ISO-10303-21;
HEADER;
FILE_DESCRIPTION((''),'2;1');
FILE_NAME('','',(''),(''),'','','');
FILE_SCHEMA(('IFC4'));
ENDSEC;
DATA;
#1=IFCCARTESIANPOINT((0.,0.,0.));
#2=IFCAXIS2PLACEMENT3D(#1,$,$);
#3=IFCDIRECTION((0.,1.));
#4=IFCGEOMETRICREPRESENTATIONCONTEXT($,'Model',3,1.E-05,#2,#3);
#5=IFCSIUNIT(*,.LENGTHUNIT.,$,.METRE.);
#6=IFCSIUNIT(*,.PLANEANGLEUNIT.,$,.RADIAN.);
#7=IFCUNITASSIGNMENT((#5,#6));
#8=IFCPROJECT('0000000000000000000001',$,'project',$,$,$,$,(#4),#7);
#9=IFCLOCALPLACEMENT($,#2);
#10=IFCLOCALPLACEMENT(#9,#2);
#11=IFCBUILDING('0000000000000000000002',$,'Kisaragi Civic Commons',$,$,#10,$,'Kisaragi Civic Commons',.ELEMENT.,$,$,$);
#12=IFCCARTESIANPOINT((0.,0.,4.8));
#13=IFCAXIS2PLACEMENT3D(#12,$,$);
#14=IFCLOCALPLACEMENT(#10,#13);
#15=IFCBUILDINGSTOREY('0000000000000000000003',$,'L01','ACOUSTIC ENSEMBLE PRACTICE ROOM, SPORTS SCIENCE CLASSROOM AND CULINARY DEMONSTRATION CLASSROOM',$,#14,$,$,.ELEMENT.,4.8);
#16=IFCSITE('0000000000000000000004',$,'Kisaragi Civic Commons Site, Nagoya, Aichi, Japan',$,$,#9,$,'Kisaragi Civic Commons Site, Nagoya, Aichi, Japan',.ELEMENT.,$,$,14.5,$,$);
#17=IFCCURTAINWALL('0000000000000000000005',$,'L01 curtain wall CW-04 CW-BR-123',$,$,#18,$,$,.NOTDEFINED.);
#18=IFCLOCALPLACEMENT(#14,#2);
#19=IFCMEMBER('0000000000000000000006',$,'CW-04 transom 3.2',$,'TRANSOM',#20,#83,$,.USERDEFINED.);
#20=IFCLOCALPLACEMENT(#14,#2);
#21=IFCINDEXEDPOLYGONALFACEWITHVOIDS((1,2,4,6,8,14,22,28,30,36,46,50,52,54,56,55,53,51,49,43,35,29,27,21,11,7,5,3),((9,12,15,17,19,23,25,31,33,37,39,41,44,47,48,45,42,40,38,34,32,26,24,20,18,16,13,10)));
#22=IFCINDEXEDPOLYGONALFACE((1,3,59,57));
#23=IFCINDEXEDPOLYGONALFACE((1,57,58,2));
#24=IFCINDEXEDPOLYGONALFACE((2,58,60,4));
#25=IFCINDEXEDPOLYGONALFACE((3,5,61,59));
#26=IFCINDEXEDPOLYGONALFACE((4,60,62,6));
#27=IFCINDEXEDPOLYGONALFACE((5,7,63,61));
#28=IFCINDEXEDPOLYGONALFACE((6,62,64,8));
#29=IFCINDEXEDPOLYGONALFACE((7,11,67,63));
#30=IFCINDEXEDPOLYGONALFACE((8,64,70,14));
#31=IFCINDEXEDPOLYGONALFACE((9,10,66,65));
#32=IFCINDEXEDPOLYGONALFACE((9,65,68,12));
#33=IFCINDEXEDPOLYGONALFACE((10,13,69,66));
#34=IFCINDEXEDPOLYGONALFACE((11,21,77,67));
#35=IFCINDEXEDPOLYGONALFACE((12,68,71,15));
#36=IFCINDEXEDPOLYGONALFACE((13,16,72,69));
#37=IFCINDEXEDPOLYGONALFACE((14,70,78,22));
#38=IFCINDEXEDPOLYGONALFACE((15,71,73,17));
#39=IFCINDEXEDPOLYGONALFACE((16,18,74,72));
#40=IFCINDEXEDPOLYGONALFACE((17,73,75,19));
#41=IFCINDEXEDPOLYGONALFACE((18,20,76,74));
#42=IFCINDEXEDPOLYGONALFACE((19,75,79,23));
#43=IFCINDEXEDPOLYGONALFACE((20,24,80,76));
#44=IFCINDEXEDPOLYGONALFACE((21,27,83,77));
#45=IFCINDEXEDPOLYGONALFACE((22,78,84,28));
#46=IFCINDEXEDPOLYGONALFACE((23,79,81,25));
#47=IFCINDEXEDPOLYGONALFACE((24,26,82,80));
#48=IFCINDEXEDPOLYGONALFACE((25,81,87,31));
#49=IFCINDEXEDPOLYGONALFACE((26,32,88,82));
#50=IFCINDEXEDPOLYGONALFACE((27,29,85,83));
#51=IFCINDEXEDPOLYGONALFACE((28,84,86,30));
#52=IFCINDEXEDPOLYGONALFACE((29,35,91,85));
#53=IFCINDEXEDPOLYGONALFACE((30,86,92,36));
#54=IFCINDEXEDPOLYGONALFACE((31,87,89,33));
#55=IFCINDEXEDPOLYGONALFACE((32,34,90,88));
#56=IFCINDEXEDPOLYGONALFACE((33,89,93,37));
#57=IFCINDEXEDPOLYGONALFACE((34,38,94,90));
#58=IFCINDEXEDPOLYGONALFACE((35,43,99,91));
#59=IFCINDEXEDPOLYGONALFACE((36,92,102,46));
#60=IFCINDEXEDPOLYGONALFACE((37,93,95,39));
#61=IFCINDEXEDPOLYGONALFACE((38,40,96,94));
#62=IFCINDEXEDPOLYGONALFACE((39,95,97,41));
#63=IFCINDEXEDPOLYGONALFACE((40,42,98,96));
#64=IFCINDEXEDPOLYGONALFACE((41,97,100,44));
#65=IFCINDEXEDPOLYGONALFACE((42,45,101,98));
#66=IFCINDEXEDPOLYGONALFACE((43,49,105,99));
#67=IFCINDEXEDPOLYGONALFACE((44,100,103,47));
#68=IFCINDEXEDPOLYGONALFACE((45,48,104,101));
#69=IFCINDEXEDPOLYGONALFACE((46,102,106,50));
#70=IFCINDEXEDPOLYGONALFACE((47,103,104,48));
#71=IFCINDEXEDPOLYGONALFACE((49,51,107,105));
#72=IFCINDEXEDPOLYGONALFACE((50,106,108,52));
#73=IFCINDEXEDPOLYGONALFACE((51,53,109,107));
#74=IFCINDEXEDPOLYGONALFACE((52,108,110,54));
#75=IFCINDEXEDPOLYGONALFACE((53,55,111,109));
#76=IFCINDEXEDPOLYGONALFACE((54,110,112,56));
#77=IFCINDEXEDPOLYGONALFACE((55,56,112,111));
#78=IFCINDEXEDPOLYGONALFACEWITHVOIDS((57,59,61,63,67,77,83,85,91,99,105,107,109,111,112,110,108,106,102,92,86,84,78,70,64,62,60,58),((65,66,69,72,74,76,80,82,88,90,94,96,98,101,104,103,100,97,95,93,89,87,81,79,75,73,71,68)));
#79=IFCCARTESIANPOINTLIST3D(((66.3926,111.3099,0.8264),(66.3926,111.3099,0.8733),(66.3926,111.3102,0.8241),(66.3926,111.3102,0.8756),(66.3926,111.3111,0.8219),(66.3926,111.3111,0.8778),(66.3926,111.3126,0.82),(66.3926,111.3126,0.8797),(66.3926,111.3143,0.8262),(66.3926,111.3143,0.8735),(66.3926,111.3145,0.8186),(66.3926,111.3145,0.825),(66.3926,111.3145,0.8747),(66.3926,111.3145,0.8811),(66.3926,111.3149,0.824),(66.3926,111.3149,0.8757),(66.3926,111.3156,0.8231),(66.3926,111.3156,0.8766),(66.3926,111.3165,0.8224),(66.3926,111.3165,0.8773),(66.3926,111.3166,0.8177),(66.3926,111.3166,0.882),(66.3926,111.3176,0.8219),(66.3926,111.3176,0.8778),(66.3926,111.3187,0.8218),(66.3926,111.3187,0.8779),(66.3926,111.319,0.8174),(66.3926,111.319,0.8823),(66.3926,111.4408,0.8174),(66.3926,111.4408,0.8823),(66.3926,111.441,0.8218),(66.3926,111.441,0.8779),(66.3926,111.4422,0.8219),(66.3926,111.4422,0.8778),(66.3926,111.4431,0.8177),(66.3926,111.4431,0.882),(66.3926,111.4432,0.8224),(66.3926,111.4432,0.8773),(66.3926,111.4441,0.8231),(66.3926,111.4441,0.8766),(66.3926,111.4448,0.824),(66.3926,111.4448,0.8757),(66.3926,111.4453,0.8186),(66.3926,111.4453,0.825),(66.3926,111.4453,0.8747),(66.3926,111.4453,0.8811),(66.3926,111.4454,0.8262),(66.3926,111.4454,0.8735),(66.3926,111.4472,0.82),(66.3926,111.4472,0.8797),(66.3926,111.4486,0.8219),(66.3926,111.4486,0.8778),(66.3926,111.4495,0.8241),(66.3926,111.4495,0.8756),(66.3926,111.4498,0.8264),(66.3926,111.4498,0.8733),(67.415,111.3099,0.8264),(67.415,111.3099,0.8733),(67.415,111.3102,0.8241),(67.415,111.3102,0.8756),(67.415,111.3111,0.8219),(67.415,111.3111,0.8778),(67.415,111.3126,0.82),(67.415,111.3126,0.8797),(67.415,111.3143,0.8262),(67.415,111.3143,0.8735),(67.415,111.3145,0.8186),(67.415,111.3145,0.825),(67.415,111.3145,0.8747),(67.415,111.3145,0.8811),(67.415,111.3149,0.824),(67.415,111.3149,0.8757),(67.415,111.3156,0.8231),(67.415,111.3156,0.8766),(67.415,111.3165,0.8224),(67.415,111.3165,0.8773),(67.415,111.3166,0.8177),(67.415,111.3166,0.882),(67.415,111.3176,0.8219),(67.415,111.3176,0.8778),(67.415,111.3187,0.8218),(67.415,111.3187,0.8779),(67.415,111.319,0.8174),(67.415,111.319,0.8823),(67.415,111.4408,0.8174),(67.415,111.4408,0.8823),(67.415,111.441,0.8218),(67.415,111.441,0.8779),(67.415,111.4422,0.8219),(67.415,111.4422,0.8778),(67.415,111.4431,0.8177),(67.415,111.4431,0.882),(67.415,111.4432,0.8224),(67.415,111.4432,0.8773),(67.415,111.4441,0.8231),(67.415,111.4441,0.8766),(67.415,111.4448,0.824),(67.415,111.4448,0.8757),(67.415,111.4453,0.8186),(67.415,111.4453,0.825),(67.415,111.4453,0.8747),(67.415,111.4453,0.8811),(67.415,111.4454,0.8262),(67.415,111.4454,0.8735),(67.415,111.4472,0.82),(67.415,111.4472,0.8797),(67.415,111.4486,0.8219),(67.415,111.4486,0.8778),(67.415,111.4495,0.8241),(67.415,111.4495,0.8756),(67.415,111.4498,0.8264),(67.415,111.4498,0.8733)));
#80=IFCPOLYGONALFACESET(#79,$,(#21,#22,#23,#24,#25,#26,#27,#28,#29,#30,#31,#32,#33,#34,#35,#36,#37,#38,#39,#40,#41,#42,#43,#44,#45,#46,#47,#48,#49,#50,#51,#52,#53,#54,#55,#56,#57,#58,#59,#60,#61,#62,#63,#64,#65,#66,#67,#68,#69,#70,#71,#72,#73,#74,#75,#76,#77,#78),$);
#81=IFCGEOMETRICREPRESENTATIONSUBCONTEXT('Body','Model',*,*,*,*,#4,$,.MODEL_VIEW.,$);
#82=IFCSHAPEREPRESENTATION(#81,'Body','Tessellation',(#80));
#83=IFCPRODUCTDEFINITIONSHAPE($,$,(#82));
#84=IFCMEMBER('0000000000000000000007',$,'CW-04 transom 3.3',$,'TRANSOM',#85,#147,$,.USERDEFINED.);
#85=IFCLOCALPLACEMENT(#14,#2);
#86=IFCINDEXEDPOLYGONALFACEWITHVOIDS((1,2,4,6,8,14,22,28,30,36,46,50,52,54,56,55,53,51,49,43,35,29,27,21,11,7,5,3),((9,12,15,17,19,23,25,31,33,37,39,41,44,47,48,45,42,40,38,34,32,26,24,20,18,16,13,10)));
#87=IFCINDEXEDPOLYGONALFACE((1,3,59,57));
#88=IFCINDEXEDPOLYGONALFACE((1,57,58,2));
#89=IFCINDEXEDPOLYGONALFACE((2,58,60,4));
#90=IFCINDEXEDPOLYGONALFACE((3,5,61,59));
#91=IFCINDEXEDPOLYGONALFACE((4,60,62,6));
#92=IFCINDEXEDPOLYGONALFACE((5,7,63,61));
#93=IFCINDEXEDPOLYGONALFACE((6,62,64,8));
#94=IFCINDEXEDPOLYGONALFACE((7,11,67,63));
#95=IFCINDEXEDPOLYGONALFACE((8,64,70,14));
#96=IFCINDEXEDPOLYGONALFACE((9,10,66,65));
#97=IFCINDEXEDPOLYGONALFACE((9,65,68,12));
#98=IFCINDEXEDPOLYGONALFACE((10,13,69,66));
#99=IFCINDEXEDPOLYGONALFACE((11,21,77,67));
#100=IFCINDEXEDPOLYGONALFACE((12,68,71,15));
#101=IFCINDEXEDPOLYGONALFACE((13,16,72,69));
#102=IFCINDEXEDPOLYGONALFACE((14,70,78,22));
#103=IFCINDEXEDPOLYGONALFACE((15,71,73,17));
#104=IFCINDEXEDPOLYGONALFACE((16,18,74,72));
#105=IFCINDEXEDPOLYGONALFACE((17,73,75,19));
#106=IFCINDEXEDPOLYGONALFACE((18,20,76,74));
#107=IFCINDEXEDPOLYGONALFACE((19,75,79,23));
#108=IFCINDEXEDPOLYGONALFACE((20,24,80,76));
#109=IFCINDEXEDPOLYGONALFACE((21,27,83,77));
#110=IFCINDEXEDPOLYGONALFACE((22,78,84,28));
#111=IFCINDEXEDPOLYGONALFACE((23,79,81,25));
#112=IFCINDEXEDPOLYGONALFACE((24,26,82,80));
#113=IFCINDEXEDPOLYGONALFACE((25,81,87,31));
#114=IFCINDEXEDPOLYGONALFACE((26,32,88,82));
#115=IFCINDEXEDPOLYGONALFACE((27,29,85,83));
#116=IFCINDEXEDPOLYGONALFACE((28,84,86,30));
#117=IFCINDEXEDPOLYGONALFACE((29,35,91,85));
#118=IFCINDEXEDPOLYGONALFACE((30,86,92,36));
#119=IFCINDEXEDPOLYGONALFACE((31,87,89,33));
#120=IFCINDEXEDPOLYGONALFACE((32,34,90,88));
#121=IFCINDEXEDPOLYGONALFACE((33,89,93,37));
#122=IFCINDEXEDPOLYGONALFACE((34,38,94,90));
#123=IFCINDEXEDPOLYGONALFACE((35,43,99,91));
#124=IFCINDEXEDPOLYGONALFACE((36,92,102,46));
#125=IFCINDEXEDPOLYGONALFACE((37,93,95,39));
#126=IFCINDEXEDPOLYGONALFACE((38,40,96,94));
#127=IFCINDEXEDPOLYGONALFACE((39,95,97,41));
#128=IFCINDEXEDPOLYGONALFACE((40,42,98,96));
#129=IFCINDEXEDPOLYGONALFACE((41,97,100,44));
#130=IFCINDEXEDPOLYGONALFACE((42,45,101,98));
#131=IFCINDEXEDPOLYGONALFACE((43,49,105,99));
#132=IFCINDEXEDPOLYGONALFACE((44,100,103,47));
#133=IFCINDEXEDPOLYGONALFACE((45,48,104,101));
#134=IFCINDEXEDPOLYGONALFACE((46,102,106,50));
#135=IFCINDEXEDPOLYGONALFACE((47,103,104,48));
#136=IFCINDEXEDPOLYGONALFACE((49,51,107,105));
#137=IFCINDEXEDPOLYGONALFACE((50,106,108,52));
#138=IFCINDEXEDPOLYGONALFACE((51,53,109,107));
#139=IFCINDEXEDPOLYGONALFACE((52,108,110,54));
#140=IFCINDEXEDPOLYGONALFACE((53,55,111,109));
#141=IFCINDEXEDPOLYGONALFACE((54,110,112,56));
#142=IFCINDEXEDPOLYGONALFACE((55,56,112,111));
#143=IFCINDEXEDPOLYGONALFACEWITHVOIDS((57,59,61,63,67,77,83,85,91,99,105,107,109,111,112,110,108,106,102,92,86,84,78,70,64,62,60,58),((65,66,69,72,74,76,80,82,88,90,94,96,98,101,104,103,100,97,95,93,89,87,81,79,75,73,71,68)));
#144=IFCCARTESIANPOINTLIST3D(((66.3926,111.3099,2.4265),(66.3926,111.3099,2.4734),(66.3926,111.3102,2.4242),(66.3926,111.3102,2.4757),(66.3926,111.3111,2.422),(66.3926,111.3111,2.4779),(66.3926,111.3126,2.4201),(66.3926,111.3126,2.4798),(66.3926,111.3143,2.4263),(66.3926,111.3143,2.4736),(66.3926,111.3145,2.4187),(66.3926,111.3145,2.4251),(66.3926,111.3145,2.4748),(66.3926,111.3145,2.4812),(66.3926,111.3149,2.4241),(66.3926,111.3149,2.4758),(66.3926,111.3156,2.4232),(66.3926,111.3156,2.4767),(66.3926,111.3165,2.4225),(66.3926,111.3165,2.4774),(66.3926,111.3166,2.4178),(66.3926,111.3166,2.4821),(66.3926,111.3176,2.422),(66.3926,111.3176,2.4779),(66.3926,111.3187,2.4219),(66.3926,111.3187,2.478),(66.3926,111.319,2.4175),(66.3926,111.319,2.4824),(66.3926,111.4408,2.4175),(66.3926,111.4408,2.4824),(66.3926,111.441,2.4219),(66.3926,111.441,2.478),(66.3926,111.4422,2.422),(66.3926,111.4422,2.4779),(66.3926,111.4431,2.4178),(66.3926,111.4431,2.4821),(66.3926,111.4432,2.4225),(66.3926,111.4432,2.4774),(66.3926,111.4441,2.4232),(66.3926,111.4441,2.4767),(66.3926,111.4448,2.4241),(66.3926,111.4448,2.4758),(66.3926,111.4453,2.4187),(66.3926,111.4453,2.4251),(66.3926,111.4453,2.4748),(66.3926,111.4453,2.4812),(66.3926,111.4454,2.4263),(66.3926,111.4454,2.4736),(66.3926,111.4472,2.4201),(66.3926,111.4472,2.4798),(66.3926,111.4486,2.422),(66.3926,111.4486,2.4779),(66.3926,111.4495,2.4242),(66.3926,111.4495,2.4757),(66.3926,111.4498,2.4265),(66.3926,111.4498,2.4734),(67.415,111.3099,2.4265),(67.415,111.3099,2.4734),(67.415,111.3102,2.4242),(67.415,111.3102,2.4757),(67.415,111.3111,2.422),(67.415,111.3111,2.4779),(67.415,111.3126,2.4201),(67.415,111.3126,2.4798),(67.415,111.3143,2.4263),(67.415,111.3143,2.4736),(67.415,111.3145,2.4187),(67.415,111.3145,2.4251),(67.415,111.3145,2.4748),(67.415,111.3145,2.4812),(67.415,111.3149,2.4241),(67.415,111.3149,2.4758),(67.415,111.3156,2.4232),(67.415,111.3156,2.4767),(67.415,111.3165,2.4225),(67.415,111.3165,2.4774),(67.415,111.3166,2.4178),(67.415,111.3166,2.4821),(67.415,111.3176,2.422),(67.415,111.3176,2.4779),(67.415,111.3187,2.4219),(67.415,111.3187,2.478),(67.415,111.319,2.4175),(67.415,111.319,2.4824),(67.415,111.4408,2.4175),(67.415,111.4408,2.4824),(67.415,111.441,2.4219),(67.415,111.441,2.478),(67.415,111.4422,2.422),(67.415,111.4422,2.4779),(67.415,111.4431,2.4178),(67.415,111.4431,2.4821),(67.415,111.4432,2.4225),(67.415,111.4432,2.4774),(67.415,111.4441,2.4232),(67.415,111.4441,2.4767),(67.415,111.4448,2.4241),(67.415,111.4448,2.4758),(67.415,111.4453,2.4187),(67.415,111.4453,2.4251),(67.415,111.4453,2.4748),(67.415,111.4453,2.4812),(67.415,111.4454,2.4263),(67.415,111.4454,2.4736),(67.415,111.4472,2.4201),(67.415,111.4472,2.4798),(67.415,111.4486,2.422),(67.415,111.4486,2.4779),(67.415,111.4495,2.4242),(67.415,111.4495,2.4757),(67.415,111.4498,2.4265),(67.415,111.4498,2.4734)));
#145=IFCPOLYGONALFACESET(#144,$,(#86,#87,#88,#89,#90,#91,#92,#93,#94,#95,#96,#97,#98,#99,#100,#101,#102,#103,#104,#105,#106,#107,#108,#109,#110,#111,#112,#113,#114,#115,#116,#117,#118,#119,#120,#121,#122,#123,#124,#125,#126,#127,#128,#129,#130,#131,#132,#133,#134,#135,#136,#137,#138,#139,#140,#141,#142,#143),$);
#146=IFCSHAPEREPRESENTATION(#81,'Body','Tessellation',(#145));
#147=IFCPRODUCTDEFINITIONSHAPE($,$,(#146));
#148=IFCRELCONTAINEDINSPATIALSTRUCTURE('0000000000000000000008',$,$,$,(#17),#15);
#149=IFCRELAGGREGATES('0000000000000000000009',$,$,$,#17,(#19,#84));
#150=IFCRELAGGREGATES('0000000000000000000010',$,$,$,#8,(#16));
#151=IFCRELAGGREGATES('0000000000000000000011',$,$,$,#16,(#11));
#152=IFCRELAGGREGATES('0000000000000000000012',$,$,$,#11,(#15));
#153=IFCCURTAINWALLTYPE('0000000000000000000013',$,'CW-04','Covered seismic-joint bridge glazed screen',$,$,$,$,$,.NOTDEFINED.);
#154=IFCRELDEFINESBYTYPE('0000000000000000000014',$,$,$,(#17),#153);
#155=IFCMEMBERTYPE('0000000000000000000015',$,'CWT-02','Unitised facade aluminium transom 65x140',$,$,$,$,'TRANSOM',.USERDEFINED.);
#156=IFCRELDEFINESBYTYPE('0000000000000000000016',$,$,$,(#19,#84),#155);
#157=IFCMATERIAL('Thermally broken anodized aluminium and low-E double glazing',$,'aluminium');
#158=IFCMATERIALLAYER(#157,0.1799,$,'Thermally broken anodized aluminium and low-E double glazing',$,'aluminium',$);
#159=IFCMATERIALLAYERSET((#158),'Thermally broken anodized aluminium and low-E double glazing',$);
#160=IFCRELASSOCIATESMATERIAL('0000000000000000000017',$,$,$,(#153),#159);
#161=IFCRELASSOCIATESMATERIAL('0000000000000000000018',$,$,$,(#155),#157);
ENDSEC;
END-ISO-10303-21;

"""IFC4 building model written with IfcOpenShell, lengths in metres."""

from ifc_helpers import new_model, si_unit, direction, frame, origin, origin_2d, place, context, subcontext, project, spatial, hollow_rectangle, extrude, material, layer, layer_set, material_profile, profile_set, type_object, element, aggregate, save


model = new_model("IFC4")

# Units and contexts
model_context = context("Model", 3, precision=1e-05, world=origin(), true_north=direction((0.0, 1.0)))
body_context = subcontext(model_context, "Body", "Model", "MODEL_VIEW")
ifc_project = project(units=[si_unit("LENGTHUNIT", "METRE"), si_unit("PLANEANGLEUNIT", "RADIAN")], contexts=[model_context])

# Site, building, storey
site_placement = place(None, origin())
site = spatial("IfcSite", under=ifc_project, at=site_placement, Name="Kisaragi Civic Commons Site, Nagoya, Aichi, Japan", LongName="Kisaragi Civic Commons Site, Nagoya, Aichi, Japan", CompositionType="ELEMENT", RefElevation=14.5)
building_placement = place(site_placement, origin())
building = spatial("IfcBuilding", under=site, at=building_placement, Name="Kisaragi Civic Commons", LongName="Kisaragi Civic Commons", CompositionType="ELEMENT")
storey_placement = place(building_placement, frame((0.0, 0.0, 4.8)))
storey = spatial("IfcBuildingStorey", under=building, at=storey_placement, Name="L01", Description="ACOUSTIC ENSEMBLE PRACTICE ROOM, SPORTS SCIENCE CLASSROOM AND CULINARY DEMONSTRATION CLASSROOM", CompositionType="ELEMENT", Elevation=4.8)

# Curtain wall
ifc_material_1 = material(Name="Thermally broken anodized aluminium and low-E double glazing", Category="aluminium")
ifc_layer_1 = layer(ifc_material_1, 0.1799, Name="Thermally broken anodized aluminium and low-E double glazing", Category="aluminium")
ifc_layer_set_1 = layer_set([ifc_layer_1], Name="Thermally broken anodized aluminium and low-E double glazing")
curtain_wall_type = type_object("IfcCurtainWallType", Name="CW-04", Description="Covered seismic-joint bridge glazed screen", PredefinedType="NOTDEFINED", material=ifc_layer_set_1)
curtain_wall_1_placement = place(storey_placement, origin())
curtain_wall_1 = element("IfcCurtainWall", 1, at=curtain_wall_1_placement, inside=storey, type_object=curtain_wall_type, Name="L01 curtain wall CW-04 CW-BR-123", PredefinedType="NOTDEFINED")

# Members
ifc_material_profile_1 = material_profile(ifc_material_1, hollow_rectangle(XDim=0.1399, YDim=0.0649, WallThickness=0.0044, InnerFilletRadius=0.0044, OuterFilletRadius=0.009, at=origin_2d()), Name="CWT-65x140x4.5", Category="aluminium")
ifc_profile_set_1 = profile_set([ifc_material_profile_1], Name="Thermally broken anodized aluminium and low-E double glazing")
member_type_1 = type_object("IfcMemberType", Name="CWT-02", Description="Unitised facade aluminium transom 65x140", ElementType="TRANSOM", PredefinedType="USERDEFINED", material=ifc_profile_set_1)
member_1_placement = place(storey_placement, frame((66.3926, 111.3799, 0.8499), z_axis=(1.0, 0.0, 0.0), x_axis=(0.0, 1.0, 0.0)))
member_1 = element("IfcMember", 2, at=member_1_placement, type_object=member_type_1, Name="CW-04 transom 3.2", ObjectType="TRANSOM", PredefinedType="USERDEFINED", context=body_context, shape_type="SweptSolid", body=[
    extrude(hollow_rectangle(XDim=0.1399, YDim=0.0649, WallThickness=0.0044, InnerFilletRadius=0.0044, OuterFilletRadius=0.009, at=origin_2d()), origin(), (0.0, 0.0, 1.0), 1.0225),
])
member_2_placement = place(storey_placement, frame((66.3926, 111.3799, 2.45), z_axis=(1.0, 0.0, 0.0), x_axis=(0.0, 1.0, 0.0)))
member_2 = element("IfcMember", 3, at=member_2_placement, type_object=member_type_1, Name="CW-04 transom 3.3", ObjectType="TRANSOM", PredefinedType="USERDEFINED", context=body_context, shape_type="SweptSolid", body=[
    extrude(hollow_rectangle(XDim=0.1399, YDim=0.0649, WallThickness=0.0044, InnerFilletRadius=0.0044, OuterFilletRadius=0.009, at=origin_2d()), origin(), (0.0, 0.0, 1.0), 1.0225),
])

aggregate(curtain_wall_1, [member_1, member_2])

save(model, "model.ifc")
